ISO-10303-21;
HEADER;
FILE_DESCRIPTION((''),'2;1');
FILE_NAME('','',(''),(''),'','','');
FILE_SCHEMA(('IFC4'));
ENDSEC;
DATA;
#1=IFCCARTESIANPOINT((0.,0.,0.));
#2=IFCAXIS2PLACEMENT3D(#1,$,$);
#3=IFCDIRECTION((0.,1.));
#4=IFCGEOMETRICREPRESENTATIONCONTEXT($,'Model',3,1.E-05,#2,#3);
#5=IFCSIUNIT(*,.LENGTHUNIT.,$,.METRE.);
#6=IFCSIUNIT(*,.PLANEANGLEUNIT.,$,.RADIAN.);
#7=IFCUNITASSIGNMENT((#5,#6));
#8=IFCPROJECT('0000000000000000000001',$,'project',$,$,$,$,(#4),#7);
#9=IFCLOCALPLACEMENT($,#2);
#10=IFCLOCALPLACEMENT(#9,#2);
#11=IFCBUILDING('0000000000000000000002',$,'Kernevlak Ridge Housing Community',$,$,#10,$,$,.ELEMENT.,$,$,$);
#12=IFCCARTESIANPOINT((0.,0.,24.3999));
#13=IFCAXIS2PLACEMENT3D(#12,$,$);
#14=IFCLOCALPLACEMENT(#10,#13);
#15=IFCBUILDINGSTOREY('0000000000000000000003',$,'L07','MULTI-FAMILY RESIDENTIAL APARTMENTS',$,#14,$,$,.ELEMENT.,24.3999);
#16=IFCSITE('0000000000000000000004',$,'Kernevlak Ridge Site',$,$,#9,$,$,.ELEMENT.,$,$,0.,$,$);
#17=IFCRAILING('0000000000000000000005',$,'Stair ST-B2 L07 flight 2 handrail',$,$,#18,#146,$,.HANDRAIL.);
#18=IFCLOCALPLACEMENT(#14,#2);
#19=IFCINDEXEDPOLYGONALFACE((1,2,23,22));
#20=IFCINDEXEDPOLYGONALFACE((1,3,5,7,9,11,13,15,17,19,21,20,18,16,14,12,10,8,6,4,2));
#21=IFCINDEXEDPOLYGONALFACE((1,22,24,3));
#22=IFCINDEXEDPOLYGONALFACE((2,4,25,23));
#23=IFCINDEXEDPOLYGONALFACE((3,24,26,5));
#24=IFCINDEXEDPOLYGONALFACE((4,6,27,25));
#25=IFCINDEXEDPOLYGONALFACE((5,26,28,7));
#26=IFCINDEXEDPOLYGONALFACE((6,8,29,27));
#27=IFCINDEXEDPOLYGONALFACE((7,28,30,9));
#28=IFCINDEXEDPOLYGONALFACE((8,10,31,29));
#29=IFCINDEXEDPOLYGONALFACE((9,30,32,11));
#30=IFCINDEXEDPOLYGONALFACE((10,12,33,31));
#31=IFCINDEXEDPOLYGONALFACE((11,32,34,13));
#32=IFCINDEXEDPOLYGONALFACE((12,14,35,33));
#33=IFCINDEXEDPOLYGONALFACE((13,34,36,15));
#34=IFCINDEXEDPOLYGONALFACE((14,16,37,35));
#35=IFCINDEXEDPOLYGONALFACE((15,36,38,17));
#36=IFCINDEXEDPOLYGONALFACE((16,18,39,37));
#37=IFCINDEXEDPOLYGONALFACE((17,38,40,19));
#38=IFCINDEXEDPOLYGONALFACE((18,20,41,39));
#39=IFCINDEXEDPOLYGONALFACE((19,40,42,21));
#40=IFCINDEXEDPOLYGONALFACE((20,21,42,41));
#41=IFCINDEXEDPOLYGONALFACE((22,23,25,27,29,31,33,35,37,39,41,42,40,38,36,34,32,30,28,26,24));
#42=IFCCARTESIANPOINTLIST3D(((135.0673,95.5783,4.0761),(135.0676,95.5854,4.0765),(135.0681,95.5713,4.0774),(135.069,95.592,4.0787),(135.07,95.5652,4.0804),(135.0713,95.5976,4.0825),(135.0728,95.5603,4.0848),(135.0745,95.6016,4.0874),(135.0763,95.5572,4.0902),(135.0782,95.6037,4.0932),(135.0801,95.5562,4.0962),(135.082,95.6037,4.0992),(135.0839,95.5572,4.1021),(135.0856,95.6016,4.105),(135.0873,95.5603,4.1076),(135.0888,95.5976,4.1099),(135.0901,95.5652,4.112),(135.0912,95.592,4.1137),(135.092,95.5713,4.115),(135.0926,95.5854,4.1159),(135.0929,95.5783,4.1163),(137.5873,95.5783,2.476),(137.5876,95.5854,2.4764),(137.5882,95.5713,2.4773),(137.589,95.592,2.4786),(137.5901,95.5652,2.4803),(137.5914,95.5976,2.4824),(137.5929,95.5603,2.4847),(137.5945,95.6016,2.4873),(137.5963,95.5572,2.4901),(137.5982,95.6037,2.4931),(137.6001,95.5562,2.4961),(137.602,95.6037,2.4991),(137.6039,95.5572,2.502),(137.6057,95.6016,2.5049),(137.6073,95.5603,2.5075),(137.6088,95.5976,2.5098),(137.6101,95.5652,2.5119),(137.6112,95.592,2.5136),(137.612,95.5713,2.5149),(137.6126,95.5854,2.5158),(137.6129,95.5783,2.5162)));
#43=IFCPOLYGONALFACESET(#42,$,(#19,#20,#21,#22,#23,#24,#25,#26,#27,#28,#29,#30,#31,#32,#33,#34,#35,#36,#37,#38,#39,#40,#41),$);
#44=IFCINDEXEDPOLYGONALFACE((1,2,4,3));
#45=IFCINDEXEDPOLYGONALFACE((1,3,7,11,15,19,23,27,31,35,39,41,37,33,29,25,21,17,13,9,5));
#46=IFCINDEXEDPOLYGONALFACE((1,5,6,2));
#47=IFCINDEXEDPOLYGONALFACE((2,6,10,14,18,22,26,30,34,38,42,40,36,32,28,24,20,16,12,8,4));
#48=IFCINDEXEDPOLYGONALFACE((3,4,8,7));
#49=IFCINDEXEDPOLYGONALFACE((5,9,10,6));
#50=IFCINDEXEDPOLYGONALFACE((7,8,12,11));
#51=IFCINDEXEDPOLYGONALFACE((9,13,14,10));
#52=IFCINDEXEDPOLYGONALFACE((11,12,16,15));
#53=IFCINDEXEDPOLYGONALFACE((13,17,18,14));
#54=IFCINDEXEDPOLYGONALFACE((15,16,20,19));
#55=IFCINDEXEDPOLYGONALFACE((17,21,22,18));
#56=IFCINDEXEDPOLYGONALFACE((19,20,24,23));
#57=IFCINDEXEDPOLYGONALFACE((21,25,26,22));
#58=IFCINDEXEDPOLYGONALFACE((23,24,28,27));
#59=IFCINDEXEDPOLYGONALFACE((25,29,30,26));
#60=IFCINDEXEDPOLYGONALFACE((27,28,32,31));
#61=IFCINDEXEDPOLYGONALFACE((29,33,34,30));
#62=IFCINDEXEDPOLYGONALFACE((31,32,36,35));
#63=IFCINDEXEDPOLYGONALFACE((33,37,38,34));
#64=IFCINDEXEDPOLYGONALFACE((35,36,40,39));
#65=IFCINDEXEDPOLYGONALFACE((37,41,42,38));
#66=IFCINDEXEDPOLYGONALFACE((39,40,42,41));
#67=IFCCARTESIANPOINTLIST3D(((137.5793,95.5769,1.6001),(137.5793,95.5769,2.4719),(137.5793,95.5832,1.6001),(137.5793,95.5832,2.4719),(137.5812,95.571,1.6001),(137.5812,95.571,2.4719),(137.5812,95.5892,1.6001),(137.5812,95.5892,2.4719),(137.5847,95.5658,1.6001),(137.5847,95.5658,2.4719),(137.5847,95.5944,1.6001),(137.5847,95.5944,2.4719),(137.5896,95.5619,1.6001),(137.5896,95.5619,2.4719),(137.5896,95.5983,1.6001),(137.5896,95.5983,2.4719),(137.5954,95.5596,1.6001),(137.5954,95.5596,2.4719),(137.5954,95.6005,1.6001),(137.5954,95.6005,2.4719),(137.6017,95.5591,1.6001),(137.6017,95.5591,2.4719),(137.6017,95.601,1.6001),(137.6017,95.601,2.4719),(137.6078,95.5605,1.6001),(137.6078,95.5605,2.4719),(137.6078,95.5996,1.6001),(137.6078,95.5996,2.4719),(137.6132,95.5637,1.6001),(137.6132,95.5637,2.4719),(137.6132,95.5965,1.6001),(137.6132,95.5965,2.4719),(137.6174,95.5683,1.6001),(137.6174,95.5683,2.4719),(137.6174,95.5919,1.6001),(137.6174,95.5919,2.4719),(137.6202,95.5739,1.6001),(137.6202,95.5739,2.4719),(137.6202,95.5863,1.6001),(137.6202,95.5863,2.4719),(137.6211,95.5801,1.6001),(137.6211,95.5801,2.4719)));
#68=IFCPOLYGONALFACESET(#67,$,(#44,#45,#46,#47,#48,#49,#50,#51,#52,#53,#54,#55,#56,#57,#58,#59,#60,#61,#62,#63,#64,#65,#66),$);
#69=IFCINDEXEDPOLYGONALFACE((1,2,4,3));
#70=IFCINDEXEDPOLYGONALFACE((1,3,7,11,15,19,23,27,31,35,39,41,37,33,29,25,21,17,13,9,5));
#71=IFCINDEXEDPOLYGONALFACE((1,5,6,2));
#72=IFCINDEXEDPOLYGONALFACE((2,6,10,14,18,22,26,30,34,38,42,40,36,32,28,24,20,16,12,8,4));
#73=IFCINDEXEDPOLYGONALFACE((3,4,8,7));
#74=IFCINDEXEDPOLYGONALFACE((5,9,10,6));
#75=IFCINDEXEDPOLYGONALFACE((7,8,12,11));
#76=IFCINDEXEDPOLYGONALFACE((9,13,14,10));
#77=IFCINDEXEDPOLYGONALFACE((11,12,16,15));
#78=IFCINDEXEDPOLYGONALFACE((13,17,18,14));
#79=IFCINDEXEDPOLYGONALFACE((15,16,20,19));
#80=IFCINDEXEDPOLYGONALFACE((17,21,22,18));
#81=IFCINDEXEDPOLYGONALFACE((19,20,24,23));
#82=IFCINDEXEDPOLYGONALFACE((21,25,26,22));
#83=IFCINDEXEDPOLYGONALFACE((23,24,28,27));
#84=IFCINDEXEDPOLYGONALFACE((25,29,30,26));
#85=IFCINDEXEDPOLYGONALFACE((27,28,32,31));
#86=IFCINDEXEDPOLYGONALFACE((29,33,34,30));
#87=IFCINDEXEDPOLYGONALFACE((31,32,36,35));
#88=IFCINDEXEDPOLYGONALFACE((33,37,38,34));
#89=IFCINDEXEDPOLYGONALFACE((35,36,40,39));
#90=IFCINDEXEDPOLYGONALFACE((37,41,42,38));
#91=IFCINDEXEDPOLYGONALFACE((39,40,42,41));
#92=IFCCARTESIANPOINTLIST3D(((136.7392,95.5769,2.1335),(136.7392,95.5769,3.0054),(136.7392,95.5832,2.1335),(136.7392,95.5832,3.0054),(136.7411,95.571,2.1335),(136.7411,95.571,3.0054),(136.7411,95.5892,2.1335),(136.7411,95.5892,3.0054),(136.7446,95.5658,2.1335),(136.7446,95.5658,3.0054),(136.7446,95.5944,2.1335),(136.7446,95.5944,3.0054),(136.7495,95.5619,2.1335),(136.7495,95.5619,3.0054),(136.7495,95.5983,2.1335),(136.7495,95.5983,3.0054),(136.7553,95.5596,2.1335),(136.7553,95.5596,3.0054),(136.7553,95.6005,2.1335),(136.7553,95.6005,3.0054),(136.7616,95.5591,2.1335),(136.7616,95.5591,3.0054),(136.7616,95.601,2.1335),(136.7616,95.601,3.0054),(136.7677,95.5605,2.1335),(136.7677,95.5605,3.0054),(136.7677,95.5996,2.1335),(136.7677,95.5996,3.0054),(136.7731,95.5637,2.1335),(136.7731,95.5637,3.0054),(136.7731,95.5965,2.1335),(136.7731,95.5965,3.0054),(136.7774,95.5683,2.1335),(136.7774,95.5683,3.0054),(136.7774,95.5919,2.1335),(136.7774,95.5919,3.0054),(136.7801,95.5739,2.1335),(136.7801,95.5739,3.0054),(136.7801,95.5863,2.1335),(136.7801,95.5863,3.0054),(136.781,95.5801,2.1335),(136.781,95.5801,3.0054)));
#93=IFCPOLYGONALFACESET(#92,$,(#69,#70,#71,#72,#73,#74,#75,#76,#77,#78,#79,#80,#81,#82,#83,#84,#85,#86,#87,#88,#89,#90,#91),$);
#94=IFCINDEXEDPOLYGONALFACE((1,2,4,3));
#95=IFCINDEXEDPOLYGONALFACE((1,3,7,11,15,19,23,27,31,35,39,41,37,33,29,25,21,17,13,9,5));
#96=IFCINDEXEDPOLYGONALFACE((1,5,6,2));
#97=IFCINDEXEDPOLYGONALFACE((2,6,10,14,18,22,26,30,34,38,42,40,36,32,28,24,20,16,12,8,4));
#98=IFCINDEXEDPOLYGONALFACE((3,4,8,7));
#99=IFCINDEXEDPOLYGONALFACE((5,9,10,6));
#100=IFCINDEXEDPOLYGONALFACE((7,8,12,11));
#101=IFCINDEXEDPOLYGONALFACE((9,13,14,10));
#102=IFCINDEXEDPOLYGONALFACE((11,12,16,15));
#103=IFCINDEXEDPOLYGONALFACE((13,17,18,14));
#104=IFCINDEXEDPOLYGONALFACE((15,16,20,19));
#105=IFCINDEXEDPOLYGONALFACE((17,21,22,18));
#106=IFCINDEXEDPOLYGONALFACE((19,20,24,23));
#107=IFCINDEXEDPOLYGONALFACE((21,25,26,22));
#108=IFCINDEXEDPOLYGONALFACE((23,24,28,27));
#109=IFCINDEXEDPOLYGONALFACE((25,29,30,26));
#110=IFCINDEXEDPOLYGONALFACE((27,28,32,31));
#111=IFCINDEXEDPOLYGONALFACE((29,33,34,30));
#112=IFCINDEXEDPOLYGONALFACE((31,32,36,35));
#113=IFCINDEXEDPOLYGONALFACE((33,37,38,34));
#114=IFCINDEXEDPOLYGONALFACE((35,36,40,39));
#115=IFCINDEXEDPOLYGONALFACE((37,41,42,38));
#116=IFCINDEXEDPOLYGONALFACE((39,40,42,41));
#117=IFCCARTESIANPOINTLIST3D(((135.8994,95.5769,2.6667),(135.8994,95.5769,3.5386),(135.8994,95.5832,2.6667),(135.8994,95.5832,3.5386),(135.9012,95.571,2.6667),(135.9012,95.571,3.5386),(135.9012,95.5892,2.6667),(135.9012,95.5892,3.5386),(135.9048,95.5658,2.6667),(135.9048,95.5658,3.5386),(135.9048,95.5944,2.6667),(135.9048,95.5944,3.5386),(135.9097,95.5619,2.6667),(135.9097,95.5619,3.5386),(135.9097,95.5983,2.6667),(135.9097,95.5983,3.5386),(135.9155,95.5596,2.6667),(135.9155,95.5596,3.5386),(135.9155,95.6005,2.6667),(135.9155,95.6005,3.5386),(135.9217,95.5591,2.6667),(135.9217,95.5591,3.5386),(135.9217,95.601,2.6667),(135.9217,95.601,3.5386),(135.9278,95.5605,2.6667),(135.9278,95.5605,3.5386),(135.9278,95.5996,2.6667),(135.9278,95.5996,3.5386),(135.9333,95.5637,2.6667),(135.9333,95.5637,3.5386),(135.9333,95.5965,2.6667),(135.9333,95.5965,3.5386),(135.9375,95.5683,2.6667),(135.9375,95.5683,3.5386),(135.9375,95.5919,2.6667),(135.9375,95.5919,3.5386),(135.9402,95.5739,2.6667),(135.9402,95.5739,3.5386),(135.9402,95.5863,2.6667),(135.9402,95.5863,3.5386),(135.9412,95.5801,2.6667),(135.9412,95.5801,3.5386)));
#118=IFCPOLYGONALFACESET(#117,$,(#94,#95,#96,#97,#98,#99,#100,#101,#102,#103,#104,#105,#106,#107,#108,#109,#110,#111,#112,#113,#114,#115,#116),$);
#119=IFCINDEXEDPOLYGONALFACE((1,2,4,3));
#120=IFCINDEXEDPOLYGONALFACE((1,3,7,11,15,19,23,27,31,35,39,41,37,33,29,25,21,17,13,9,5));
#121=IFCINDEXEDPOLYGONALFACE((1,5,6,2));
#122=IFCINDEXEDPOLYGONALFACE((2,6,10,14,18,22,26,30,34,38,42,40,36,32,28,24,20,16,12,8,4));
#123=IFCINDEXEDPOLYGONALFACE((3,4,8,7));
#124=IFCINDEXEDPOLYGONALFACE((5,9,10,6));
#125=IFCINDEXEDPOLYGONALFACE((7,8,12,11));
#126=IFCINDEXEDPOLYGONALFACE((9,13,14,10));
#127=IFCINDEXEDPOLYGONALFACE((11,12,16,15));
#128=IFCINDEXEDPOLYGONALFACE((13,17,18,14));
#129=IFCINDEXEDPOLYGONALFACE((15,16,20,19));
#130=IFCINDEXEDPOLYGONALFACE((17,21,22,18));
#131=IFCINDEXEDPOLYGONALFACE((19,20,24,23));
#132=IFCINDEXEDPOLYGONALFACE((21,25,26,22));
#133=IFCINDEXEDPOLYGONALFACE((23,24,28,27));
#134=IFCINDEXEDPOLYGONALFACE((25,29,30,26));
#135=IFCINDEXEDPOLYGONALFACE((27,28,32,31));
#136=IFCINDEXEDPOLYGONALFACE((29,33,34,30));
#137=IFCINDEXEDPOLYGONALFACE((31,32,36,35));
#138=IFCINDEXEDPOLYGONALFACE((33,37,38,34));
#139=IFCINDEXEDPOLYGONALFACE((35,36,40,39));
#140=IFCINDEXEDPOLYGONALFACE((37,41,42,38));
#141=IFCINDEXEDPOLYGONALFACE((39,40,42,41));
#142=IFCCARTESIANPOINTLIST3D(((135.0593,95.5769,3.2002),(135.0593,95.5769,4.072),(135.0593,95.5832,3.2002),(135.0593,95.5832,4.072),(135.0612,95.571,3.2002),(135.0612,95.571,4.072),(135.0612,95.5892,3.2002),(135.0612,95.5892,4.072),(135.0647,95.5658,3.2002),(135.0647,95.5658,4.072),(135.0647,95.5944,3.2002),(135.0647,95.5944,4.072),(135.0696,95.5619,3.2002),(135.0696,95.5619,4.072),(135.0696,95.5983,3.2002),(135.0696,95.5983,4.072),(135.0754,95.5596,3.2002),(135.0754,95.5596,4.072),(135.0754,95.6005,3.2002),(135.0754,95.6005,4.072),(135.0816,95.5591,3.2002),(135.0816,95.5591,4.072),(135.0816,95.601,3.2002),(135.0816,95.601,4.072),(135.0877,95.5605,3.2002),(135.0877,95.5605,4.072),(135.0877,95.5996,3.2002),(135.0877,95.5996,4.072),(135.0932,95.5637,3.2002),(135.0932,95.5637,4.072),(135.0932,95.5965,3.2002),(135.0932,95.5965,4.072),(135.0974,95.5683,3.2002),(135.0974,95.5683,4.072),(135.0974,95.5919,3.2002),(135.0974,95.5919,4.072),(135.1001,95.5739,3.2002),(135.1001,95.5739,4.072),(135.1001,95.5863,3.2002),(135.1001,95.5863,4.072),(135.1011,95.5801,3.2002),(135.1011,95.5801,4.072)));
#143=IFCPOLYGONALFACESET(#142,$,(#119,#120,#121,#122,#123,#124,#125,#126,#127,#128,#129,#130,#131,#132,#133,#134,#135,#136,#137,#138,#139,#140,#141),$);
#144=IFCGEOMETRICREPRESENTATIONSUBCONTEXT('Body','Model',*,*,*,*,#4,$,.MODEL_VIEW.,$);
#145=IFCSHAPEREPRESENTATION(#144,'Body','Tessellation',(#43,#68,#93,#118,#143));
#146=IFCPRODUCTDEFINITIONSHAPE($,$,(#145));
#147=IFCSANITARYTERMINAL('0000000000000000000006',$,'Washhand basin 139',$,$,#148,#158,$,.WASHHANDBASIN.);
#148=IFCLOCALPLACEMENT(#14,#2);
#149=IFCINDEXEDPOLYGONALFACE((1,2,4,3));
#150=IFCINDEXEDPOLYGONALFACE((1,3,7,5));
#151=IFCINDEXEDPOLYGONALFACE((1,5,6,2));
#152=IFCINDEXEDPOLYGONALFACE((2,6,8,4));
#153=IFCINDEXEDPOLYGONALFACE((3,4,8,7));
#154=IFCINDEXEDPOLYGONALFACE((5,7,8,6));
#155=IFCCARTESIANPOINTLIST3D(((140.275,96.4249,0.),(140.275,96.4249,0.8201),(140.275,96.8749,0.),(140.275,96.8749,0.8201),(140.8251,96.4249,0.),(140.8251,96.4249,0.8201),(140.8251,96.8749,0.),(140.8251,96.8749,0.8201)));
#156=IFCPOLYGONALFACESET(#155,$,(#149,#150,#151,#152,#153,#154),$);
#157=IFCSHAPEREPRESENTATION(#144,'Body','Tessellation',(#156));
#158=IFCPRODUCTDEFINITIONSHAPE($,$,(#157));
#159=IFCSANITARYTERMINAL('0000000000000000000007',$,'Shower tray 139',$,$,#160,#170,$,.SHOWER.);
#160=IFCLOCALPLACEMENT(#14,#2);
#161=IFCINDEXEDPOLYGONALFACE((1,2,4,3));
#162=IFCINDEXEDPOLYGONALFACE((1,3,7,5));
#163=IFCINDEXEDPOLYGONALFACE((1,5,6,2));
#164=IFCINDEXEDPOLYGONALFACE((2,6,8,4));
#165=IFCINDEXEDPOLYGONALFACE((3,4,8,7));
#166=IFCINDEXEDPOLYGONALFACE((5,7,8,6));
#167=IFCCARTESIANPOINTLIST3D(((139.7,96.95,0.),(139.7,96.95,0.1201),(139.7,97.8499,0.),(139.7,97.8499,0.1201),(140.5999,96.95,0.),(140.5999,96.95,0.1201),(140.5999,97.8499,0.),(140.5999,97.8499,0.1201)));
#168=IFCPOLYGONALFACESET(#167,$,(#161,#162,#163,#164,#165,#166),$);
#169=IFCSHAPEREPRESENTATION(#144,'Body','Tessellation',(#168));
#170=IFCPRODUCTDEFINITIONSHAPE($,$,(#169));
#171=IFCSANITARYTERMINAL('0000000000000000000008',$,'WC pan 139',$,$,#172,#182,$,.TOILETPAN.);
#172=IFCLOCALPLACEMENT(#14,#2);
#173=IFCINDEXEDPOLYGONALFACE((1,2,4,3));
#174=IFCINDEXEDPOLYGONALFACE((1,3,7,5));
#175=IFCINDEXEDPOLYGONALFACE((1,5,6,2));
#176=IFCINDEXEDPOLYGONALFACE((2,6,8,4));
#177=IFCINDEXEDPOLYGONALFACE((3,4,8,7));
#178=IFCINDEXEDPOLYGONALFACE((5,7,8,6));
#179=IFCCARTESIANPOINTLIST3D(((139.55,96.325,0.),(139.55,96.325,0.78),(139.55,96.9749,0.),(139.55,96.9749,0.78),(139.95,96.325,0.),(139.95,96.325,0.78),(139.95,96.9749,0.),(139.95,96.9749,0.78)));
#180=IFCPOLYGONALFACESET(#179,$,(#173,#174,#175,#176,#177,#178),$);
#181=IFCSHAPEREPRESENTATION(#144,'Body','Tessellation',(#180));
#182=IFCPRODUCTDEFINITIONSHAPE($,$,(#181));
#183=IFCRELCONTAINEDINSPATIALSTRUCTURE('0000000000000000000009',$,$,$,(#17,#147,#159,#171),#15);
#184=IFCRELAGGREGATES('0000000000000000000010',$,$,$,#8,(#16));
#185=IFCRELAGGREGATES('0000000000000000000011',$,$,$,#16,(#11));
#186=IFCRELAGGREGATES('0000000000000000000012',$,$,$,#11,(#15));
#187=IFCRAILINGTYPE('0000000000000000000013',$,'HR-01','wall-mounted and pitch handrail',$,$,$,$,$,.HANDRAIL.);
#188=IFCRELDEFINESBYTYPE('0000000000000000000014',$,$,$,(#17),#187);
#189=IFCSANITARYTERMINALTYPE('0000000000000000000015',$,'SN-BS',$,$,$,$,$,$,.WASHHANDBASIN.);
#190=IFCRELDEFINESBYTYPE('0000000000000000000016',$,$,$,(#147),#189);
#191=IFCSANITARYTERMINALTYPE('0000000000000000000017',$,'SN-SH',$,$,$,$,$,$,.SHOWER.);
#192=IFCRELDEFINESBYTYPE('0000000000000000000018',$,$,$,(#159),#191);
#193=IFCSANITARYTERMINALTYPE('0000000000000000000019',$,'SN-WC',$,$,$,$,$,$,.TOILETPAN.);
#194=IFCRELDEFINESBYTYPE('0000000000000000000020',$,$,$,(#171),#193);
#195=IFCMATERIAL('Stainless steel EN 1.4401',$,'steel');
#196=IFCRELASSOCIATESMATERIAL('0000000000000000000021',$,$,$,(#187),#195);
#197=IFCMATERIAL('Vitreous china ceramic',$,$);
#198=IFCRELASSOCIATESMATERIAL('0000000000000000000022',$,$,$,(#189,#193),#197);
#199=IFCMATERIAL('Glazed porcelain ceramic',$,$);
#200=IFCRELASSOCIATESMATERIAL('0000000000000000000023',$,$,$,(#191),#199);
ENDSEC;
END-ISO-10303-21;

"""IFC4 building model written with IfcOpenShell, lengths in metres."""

from ifc_helpers import new_model, si_unit, direction, frame, origin, origin_2d, place, context, subcontext, project, spatial, rectangle, circle, extrude, material, type_object, element, save


model = new_model("IFC4")

# Units and contexts
model_context = context("Model", 3, precision=1e-05, world=origin(), true_north=direction((0.0, 1.0)))
body_context = subcontext(model_context, "Body", "Model", "MODEL_VIEW")
ifc_project = project(units=[si_unit("LENGTHUNIT", "METRE"), si_unit("PLANEANGLEUNIT", "RADIAN")], contexts=[model_context])

# Site, building, storey
site_placement = place(None, origin())
site = spatial("IfcSite", under=ifc_project, at=site_placement, Name="Kernevlak Ridge Site", CompositionType="ELEMENT", RefElevation=0.0)
building_placement = place(site_placement, origin())
building = spatial("IfcBuilding", under=site, at=building_placement, Name="Kernevlak Ridge Housing Community", CompositionType="ELEMENT")
storey_placement = place(building_placement, frame((0.0, 0.0, 24.3999)))
storey = spatial("IfcBuildingStorey", under=building, at=storey_placement, Name="L07", Description="MULTI-FAMILY RESIDENTIAL APARTMENTS", CompositionType="ELEMENT", Elevation=24.3999)

# Railing
ifc_material_1 = material(Name="Stainless steel EN 1.4401", Category="steel")
railing_type_1 = type_object("IfcRailingType", Name="HR-01", Description="wall-mounted and pitch handrail", PredefinedType="HANDRAIL", material=ifc_material_1)
railing_1_placement = place(storey_placement, frame((137.6001, 95.5801, 1.6001)))
element("IfcRailing", 1, at=railing_1_placement, inside=storey, type_object=railing_type_1, Name="Stair ST-B2 L07 flight 2 handrail", PredefinedType="HANDRAIL", context=body_context, shape_type="SweptSolid", body=[
    extrude(circle(Radius=0.0239, at=origin_2d()), frame((0.0, 0.0, 0.896), z_axis=(-0.8442, 0.0, 0.536028), x_axis=(0.0, -1.0, 0.0)), (0.0, 0.0, 1.0), 2.9851),
    extrude(circle(Radius=0.021, at=origin_2d()), origin(), (0.0, 0.0, 1.0), 0.8718),
    extrude(circle(Radius=0.021, at=origin_2d()), frame((-0.8401, 0.0, 0.5334)), (0.0, 0.0, 1.0), 0.8718),
    extrude(circle(Radius=0.021, at=origin_2d()), frame((-1.6799, 0.0, 1.0667)), (0.0, 0.0, 1.0), 0.8718),
    extrude(circle(Radius=0.021, at=origin_2d()), frame((-2.52, 0.0, 1.6001)), (0.0, 0.0, 1.0), 0.8718),
])

# Sanitary terminals
ifc_material_2 = material(Name="Vitreous china ceramic")
sanitary_terminal_type_1 = type_object("IfcSanitaryTerminalType", Name="SN-BS", PredefinedType="WASHHANDBASIN", material=ifc_material_2)
sanitary_terminal_1_placement = place(storey_placement, frame((140.55, 96.6499, 0.0), z_axis=(0.0, 0.0, 1.0), x_axis=(1.0, 0.0, 0.0)))
element("IfcSanitaryTerminal", 2, at=sanitary_terminal_1_placement, inside=storey, type_object=sanitary_terminal_type_1, Name="Washhand basin 139", PredefinedType="WASHHANDBASIN", context=body_context, shape_type="SweptSolid", body=[
    extrude(rectangle(XDim=0.55, YDim=0.45, at=origin_2d()), origin(), (0.0, 0.0, 1.0), 0.8201),
])
ifc_material_3 = material(Name="Glazed porcelain ceramic")
sanitary_terminal_type_2 = type_object("IfcSanitaryTerminalType", Name="SN-SH", PredefinedType="SHOWER", material=ifc_material_3)
sanitary_terminal_2_placement = place(storey_placement, frame((140.1499, 97.3999, 0.0), z_axis=(0.0, 0.0, 1.0), x_axis=(1.0, 0.0, 0.0)))
element("IfcSanitaryTerminal", 3, at=sanitary_terminal_2_placement, inside=storey, type_object=sanitary_terminal_type_2, Name="Shower tray 139", PredefinedType="SHOWER", context=body_context, shape_type="SweptSolid", body=[
    extrude(rectangle(XDim=0.8999, YDim=0.8999, at=origin_2d()), origin(), (0.0, 0.0, 1.0), 0.1201),
])
sanitary_terminal_type_3 = type_object("IfcSanitaryTerminalType", Name="SN-WC", PredefinedType="TOILETPAN", material=ifc_material_2)
sanitary_terminal_3_placement = place(storey_placement, frame((139.75, 96.6499, 0.0), z_axis=(0.0, 0.0, 1.0), x_axis=(1.0, 0.0, 0.0)))
element("IfcSanitaryTerminal", 4, at=sanitary_terminal_3_placement, inside=storey, type_object=sanitary_terminal_type_3, Name="WC pan 139", PredefinedType="TOILETPAN", context=body_context, shape_type="SweptSolid", body=[
    extrude(rectangle(XDim=0.3999, YDim=0.6499, at=origin_2d()), origin(), (0.0, 0.0, 1.0), 0.78),
])

save(model, "model.ifc")
